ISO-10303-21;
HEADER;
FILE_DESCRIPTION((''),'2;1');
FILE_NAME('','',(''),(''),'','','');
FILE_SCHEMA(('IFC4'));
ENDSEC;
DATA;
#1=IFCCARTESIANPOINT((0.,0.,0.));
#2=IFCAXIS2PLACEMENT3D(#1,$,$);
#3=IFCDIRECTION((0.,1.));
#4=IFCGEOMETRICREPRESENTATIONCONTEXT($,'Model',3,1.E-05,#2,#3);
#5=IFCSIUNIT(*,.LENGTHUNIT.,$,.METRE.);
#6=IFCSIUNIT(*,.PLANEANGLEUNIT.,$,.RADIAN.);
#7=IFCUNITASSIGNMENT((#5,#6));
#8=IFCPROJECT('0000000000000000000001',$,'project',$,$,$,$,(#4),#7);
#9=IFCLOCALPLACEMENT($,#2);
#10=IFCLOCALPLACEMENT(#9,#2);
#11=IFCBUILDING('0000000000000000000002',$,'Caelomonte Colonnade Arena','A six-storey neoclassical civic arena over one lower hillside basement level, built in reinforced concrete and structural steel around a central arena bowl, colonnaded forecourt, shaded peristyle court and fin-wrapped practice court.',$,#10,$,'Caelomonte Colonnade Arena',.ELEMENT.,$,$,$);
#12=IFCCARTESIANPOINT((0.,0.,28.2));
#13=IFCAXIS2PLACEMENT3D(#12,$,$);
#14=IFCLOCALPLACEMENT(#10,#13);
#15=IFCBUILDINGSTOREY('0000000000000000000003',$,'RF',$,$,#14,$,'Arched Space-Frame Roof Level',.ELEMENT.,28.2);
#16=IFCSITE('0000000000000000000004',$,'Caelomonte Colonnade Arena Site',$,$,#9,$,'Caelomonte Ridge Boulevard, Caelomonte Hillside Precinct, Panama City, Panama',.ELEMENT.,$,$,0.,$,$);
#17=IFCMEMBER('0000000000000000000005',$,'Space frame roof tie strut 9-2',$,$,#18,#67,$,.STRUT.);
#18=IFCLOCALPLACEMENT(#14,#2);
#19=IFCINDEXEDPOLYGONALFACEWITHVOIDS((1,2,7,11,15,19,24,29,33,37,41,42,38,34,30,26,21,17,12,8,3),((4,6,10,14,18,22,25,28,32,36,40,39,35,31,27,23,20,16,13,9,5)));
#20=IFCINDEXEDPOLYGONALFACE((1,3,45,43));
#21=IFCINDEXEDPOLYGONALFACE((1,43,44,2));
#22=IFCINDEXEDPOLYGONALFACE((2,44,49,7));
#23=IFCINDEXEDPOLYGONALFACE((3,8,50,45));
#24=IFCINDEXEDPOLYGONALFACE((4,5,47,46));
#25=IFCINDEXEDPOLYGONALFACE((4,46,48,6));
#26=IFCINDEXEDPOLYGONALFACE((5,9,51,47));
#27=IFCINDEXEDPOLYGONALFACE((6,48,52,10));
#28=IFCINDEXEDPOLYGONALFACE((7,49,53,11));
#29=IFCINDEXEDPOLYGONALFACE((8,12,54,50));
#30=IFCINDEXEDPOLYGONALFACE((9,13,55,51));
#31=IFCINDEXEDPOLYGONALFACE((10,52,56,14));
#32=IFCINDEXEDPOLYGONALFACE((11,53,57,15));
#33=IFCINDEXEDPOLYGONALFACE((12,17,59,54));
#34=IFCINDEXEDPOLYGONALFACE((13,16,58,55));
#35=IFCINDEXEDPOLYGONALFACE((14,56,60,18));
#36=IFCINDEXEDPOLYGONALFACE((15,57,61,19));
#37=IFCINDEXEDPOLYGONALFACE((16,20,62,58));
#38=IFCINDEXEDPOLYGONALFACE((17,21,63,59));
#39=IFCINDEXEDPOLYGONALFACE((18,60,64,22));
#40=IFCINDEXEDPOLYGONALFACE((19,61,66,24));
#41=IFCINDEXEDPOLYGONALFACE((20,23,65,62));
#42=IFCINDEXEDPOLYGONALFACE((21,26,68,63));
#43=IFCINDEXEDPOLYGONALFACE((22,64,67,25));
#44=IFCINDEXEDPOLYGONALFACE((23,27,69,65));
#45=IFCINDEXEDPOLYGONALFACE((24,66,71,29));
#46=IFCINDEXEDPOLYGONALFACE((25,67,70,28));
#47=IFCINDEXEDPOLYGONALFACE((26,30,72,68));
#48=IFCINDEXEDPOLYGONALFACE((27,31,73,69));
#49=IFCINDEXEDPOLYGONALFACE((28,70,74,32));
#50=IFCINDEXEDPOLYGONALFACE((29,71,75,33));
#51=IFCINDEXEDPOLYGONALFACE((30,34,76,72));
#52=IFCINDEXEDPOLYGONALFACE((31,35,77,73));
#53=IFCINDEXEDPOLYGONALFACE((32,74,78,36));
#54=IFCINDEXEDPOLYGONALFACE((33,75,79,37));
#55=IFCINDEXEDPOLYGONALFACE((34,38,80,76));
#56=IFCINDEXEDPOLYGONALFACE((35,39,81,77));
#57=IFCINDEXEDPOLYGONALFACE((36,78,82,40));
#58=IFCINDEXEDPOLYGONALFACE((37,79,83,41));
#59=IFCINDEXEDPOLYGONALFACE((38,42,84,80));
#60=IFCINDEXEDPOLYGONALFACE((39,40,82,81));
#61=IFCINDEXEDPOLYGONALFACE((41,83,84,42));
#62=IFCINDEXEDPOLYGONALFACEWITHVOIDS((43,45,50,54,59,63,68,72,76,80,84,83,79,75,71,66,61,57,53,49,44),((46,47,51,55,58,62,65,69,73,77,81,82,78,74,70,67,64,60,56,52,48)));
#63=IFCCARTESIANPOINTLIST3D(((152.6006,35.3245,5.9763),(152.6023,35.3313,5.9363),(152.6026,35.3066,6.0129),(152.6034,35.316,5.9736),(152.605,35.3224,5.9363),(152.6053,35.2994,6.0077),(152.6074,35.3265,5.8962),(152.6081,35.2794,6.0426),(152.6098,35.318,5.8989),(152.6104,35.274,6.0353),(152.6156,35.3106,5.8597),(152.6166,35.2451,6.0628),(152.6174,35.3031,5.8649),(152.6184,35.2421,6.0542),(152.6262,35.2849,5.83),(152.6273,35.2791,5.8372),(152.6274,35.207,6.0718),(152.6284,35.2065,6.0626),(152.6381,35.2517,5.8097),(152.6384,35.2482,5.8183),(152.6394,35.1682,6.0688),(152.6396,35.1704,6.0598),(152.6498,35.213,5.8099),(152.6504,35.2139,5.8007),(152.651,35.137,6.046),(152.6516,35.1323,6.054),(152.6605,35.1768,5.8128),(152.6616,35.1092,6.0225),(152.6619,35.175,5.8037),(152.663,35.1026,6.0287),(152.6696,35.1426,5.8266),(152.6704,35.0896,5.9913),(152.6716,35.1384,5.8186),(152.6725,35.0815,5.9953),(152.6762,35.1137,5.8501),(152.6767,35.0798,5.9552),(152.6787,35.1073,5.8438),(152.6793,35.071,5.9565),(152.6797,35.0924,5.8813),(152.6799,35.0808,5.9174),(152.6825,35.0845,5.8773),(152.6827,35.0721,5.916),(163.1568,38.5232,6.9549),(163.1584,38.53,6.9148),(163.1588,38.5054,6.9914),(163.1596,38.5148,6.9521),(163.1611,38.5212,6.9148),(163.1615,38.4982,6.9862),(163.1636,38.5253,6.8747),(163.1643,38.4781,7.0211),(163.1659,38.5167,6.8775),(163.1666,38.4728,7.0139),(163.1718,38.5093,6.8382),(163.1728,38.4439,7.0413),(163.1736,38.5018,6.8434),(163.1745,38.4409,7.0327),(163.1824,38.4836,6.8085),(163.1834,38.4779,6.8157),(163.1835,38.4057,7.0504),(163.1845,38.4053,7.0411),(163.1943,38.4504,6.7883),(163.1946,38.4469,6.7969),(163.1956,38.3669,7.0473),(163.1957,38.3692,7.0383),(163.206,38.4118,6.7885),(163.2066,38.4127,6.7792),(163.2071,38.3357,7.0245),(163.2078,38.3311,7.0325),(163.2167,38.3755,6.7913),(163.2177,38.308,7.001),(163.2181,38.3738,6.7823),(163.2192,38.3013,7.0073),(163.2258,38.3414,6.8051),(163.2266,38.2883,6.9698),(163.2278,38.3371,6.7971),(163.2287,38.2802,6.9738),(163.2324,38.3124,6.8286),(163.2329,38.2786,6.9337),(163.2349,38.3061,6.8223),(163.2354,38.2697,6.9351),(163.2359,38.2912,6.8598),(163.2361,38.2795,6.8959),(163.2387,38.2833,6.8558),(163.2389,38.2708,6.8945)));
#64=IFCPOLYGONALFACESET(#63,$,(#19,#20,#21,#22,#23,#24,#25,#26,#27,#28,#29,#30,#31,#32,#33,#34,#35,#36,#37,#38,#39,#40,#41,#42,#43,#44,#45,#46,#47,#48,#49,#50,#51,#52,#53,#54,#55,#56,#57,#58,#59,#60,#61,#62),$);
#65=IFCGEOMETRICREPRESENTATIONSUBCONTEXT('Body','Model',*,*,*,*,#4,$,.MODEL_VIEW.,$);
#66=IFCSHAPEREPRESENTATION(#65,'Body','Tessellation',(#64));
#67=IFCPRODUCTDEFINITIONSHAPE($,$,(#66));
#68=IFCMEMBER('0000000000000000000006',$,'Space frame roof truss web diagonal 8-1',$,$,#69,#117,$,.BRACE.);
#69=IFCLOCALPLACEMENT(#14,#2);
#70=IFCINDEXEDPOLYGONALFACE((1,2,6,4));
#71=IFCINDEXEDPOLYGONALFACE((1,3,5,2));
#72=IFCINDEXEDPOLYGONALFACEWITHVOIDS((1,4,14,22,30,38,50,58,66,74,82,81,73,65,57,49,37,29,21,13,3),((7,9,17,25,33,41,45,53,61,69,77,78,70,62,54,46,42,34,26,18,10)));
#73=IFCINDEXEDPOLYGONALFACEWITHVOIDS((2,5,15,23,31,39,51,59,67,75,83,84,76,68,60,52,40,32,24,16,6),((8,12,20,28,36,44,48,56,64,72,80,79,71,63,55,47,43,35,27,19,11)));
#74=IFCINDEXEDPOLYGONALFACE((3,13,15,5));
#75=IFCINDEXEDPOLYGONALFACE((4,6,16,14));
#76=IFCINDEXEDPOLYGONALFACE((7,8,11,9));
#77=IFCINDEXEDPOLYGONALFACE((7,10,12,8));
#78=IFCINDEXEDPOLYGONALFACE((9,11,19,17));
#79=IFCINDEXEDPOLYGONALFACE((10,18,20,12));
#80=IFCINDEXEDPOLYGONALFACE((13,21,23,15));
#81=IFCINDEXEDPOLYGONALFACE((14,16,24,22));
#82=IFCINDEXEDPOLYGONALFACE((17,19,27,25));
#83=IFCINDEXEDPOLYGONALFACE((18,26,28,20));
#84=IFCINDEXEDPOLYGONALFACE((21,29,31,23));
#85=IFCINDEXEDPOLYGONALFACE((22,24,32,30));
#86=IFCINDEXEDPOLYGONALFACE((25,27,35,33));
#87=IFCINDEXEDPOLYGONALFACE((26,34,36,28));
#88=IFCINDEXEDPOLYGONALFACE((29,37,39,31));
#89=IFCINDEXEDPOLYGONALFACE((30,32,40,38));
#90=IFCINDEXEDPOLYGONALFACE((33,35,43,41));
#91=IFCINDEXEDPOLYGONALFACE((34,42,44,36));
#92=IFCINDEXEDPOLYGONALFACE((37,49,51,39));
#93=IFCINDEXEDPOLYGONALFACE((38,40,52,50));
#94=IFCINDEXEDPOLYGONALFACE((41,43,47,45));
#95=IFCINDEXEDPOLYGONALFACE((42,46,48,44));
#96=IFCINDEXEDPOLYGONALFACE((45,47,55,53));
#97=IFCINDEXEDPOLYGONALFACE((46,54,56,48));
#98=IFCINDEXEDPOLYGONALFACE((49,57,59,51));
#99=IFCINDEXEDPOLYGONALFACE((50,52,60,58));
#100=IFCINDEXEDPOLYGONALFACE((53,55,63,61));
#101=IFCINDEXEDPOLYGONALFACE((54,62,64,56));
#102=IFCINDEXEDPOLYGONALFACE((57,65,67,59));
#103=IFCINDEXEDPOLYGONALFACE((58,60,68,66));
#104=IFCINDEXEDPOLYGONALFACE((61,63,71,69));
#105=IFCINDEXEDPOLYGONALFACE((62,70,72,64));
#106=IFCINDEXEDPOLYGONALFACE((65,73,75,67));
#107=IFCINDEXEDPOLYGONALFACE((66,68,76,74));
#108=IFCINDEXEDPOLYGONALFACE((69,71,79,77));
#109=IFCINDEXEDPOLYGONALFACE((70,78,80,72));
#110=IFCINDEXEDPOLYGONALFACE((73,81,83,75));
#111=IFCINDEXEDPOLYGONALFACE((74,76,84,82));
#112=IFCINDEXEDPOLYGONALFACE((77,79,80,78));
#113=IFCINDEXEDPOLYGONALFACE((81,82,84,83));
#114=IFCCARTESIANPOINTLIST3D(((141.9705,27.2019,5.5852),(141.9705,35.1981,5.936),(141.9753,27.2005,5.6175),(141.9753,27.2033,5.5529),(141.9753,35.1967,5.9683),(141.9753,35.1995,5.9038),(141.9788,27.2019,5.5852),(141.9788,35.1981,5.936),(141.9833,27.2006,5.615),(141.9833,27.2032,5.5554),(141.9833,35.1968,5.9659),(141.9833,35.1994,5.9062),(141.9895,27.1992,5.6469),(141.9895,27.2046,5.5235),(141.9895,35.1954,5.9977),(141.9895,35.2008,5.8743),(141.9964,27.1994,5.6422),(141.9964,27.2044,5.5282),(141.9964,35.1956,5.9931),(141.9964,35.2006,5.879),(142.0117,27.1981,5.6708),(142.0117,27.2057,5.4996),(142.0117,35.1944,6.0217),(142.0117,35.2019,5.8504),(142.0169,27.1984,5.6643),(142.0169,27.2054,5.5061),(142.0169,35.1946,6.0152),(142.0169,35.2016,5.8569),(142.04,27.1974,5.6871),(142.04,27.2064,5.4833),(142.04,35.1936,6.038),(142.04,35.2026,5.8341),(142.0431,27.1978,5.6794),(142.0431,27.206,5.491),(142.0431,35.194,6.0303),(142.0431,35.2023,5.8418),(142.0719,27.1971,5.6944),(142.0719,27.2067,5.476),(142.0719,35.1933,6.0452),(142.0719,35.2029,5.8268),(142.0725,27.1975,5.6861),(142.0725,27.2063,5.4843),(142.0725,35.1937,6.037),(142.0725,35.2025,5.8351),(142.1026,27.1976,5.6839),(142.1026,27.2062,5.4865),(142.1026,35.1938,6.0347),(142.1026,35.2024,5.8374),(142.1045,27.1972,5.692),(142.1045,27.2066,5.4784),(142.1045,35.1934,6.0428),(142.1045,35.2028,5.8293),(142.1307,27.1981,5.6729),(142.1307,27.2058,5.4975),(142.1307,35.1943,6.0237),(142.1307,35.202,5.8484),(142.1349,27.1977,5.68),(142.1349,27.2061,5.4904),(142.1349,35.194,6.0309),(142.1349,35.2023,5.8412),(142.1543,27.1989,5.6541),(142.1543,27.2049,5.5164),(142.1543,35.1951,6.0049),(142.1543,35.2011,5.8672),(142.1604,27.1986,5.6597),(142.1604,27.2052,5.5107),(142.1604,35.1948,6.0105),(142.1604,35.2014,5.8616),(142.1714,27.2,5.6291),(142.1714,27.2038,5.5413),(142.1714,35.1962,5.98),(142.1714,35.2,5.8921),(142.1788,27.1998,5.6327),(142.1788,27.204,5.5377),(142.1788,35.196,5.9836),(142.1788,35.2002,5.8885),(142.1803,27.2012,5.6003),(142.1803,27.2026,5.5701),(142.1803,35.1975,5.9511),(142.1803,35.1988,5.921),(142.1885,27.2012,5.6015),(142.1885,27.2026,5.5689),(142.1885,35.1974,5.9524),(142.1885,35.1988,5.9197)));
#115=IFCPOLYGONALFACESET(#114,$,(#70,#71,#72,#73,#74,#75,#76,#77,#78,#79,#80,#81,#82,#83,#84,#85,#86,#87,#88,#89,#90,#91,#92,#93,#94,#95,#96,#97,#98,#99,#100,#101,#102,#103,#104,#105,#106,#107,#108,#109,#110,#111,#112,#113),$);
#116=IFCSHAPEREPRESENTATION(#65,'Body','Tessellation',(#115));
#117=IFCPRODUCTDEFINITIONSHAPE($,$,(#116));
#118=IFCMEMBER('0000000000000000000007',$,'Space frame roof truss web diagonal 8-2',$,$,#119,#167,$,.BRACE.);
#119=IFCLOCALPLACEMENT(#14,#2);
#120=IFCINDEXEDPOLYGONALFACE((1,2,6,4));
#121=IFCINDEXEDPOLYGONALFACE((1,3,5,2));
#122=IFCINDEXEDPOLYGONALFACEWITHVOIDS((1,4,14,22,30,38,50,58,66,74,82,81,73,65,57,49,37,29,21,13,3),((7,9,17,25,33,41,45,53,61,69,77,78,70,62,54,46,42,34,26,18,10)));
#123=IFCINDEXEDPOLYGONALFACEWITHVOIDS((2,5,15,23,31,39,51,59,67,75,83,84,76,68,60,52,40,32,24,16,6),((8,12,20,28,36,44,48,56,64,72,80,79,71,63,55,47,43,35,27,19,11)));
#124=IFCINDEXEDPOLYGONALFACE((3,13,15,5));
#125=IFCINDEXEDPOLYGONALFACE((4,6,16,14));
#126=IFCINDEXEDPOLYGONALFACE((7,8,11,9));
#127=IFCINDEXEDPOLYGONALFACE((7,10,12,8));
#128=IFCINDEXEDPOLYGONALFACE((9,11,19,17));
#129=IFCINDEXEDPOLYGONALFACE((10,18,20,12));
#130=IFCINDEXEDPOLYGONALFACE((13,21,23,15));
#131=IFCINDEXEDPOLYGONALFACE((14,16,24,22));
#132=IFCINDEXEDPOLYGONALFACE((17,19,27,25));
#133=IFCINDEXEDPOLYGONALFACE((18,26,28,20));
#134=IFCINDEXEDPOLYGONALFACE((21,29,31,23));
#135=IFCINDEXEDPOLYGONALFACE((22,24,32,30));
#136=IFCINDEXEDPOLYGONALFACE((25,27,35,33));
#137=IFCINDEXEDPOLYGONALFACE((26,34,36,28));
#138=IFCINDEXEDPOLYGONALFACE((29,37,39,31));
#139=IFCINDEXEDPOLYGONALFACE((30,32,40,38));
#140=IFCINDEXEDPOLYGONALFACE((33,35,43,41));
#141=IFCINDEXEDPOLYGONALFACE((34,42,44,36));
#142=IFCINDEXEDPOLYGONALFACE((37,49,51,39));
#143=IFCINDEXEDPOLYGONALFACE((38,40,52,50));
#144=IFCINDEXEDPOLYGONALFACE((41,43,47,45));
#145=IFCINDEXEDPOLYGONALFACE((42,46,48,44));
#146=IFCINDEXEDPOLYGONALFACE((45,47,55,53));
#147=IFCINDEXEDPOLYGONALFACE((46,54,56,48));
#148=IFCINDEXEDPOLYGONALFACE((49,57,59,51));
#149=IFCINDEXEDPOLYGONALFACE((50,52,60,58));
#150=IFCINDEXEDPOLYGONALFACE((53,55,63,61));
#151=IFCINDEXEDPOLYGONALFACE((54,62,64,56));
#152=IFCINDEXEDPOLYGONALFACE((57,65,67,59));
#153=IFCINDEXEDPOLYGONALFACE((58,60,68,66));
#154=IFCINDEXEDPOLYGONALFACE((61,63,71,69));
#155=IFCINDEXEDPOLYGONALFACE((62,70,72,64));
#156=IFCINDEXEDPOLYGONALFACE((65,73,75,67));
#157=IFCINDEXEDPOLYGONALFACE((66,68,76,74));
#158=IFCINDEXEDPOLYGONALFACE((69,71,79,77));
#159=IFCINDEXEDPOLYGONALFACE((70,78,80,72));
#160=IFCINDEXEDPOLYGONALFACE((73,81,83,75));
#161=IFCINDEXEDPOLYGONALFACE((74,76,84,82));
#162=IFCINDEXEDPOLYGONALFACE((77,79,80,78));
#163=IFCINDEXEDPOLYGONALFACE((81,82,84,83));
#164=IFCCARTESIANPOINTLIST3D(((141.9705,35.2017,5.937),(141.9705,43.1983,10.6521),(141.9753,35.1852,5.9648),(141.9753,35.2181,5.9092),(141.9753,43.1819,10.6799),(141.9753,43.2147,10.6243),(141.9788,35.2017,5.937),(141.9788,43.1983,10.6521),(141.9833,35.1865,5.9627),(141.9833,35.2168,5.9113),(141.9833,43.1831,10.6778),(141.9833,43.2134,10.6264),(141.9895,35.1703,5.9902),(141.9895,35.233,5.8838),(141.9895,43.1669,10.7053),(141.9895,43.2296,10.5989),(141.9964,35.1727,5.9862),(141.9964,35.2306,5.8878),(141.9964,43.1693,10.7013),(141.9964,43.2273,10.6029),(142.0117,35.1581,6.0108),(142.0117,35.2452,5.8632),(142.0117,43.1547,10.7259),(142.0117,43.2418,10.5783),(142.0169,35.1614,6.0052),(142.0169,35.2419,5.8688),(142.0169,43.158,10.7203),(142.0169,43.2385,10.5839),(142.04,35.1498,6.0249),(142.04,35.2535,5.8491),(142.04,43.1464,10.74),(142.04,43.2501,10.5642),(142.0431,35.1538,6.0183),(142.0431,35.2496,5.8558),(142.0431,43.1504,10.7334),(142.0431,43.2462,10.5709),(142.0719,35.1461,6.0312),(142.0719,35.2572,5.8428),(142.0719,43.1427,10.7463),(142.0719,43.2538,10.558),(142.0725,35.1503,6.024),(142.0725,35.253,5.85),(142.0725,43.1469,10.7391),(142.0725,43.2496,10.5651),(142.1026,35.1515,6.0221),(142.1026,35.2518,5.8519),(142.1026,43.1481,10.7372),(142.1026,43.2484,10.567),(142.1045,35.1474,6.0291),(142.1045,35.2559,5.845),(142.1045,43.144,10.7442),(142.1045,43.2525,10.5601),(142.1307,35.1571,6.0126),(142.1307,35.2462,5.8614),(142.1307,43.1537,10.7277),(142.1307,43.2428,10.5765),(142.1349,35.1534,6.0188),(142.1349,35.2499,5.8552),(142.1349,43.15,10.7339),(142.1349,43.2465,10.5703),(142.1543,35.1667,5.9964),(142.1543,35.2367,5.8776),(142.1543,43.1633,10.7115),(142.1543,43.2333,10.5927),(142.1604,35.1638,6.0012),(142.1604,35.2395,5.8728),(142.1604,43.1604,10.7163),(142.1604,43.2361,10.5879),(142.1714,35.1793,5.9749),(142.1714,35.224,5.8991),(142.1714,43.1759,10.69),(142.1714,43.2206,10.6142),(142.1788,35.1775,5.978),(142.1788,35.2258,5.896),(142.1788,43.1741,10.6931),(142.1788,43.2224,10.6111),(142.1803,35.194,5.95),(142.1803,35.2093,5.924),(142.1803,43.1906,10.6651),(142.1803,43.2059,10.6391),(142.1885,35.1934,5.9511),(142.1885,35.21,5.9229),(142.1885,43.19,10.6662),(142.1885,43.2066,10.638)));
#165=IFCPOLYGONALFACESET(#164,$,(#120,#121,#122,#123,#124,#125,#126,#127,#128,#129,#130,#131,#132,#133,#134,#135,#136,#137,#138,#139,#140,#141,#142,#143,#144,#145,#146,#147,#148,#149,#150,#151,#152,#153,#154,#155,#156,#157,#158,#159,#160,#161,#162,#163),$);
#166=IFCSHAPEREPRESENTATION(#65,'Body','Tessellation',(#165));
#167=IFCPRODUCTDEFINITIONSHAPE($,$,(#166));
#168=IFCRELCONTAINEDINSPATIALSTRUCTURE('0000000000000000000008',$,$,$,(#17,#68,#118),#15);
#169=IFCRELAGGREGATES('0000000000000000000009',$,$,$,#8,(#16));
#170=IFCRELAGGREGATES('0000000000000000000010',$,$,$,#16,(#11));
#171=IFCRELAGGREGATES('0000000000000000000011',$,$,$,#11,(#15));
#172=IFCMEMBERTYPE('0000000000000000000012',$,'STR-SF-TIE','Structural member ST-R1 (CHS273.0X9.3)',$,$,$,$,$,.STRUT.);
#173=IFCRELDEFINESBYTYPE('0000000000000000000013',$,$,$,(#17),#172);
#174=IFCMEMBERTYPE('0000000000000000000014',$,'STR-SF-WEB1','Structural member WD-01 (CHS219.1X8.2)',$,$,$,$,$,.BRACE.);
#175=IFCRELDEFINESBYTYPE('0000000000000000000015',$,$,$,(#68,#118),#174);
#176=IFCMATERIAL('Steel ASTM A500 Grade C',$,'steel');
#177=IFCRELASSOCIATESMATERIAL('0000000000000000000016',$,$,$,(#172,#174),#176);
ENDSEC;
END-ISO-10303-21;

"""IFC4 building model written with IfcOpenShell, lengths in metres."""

from ifc_helpers import new_model, si_unit, direction, frame, origin, origin_2d, place, context, subcontext, project, spatial, hollow_circle, extrude, material, material_profile, profile_set, type_object, element, save


model = new_model("IFC4")

# Units and contexts
model_context = context("Model", 3, precision=1e-05, world=origin(), true_north=direction((0.0, 1.0)))
body_context = subcontext(model_context, "Body", "Model", "MODEL_VIEW")
ifc_project = project(units=[si_unit("LENGTHUNIT", "METRE"), si_unit("PLANEANGLEUNIT", "RADIAN")], contexts=[model_context])

# Site, building, storey
site_placement = place(None, origin())
site = spatial("IfcSite", under=ifc_project, at=site_placement, Name="Caelomonte Colonnade Arena Site", LongName="Caelomonte Ridge Boulevard, Caelomonte Hillside Precinct, Panama City, Panama", CompositionType="ELEMENT", RefElevation=0.0)
building_placement = place(site_placement, origin())
building = spatial("IfcBuilding", under=site, at=building_placement, Name="Caelomonte Colonnade Arena", Description="A six-storey neoclassical civic arena over one lower hillside basement level, built in reinforced concrete and structural steel around a central arena bowl, colonnaded forecourt, shaded peristyle court and fin-wrapped practice court.", LongName="Caelomonte Colonnade Arena", CompositionType="ELEMENT")
storey_placement = place(building_placement, frame((0.0, 0.0, 28.2)))
storey = spatial("IfcBuildingStorey", under=building, at=storey_placement, Name="RF", LongName="Arched Space-Frame Roof Level", CompositionType="ELEMENT", Elevation=28.2)

# Members
ifc_material_1 = material(Name="Steel ASTM A500 Grade C", Category="steel")
ifc_material_profile_1 = material_profile(ifc_material_1, hollow_circle(Radius=0.1365, WallThickness=0.0093, at=origin_2d()), Name="CHS273.0X9.3")
ifc_profile_set_1 = profile_set([ifc_material_profile_1], Name="Steel ASTM A500 Grade C")
member_type_1 = type_object("IfcMemberType", Name="STR-SF-TIE", Description="Structural member ST-R1 (CHS273.0X9.3)", PredefinedType="STRUT", material=ifc_profile_set_1)
member_1_placement = place(storey_placement, frame((152.6418, 35.2007, 5.9363), z_axis=(0.953283, 0.288864, 0.088366), x_axis=(-0.289999, 0.957027, 0.0)))
element("IfcMember", 1, at=member_1_placement, inside=storey, type_object=member_type_1, Name="Space frame roof tie strut 9-2", PredefinedType="STRUT", context=body_context, shape_type="SweptSolid", body=[
    extrude(hollow_circle(Radius=0.1365, WallThickness=0.0093, at=origin_2d()), origin(), (0.0, 0.0, 1.0), 11.0735),
])
ifc_material_profile_2 = material_profile(ifc_material_1, hollow_circle(Radius=0.1096, WallThickness=0.0083, at=origin_2d()), Name="CHS219.1X8.2")
ifc_profile_set_2 = profile_set([ifc_material_profile_2], Name="Steel ASTM A500 Grade C")
member_type_2 = type_object("IfcMemberType", Name="STR-SF-WEB1", Description="Structural member WD-01 (CHS219.1X8.2)", PredefinedType="BRACE", material=ifc_profile_set_2)
member_2_placement = place(storey_placement, frame((142.0801, 27.2019, 5.5852), z_axis=(0.0, 0.999039, 0.043833), x_axis=(-1.0, 0.0, 0.0)))
element("IfcMember", 2, at=member_2_placement, inside=storey, type_object=member_type_2, Name="Space frame roof truss web diagonal 8-1", PredefinedType="BRACE", context=body_context, shape_type="SweptSolid", body=[
    extrude(hollow_circle(Radius=0.1096, WallThickness=0.0083, at=origin_2d()), origin(), (0.0, 0.0, 1.0), 8.0039),
])
member_3_placement = place(storey_placement, frame((142.0801, 35.2017, 5.937), z_axis=(0.0, 0.861406, 0.507917), x_axis=(-1.0, 0.0, 0.0)))
element("IfcMember", 3, at=member_3_placement, inside=storey, type_object=member_type_2, Name="Space frame roof truss web diagonal 8-2", PredefinedType="BRACE", context=body_context, shape_type="SweptSolid", body=[
    extrude(hollow_circle(Radius=0.1096, WallThickness=0.0083, at=origin_2d()), origin(), (0.0, 0.0, 1.0), 9.2832),
])

save(model, "model.ifc")
